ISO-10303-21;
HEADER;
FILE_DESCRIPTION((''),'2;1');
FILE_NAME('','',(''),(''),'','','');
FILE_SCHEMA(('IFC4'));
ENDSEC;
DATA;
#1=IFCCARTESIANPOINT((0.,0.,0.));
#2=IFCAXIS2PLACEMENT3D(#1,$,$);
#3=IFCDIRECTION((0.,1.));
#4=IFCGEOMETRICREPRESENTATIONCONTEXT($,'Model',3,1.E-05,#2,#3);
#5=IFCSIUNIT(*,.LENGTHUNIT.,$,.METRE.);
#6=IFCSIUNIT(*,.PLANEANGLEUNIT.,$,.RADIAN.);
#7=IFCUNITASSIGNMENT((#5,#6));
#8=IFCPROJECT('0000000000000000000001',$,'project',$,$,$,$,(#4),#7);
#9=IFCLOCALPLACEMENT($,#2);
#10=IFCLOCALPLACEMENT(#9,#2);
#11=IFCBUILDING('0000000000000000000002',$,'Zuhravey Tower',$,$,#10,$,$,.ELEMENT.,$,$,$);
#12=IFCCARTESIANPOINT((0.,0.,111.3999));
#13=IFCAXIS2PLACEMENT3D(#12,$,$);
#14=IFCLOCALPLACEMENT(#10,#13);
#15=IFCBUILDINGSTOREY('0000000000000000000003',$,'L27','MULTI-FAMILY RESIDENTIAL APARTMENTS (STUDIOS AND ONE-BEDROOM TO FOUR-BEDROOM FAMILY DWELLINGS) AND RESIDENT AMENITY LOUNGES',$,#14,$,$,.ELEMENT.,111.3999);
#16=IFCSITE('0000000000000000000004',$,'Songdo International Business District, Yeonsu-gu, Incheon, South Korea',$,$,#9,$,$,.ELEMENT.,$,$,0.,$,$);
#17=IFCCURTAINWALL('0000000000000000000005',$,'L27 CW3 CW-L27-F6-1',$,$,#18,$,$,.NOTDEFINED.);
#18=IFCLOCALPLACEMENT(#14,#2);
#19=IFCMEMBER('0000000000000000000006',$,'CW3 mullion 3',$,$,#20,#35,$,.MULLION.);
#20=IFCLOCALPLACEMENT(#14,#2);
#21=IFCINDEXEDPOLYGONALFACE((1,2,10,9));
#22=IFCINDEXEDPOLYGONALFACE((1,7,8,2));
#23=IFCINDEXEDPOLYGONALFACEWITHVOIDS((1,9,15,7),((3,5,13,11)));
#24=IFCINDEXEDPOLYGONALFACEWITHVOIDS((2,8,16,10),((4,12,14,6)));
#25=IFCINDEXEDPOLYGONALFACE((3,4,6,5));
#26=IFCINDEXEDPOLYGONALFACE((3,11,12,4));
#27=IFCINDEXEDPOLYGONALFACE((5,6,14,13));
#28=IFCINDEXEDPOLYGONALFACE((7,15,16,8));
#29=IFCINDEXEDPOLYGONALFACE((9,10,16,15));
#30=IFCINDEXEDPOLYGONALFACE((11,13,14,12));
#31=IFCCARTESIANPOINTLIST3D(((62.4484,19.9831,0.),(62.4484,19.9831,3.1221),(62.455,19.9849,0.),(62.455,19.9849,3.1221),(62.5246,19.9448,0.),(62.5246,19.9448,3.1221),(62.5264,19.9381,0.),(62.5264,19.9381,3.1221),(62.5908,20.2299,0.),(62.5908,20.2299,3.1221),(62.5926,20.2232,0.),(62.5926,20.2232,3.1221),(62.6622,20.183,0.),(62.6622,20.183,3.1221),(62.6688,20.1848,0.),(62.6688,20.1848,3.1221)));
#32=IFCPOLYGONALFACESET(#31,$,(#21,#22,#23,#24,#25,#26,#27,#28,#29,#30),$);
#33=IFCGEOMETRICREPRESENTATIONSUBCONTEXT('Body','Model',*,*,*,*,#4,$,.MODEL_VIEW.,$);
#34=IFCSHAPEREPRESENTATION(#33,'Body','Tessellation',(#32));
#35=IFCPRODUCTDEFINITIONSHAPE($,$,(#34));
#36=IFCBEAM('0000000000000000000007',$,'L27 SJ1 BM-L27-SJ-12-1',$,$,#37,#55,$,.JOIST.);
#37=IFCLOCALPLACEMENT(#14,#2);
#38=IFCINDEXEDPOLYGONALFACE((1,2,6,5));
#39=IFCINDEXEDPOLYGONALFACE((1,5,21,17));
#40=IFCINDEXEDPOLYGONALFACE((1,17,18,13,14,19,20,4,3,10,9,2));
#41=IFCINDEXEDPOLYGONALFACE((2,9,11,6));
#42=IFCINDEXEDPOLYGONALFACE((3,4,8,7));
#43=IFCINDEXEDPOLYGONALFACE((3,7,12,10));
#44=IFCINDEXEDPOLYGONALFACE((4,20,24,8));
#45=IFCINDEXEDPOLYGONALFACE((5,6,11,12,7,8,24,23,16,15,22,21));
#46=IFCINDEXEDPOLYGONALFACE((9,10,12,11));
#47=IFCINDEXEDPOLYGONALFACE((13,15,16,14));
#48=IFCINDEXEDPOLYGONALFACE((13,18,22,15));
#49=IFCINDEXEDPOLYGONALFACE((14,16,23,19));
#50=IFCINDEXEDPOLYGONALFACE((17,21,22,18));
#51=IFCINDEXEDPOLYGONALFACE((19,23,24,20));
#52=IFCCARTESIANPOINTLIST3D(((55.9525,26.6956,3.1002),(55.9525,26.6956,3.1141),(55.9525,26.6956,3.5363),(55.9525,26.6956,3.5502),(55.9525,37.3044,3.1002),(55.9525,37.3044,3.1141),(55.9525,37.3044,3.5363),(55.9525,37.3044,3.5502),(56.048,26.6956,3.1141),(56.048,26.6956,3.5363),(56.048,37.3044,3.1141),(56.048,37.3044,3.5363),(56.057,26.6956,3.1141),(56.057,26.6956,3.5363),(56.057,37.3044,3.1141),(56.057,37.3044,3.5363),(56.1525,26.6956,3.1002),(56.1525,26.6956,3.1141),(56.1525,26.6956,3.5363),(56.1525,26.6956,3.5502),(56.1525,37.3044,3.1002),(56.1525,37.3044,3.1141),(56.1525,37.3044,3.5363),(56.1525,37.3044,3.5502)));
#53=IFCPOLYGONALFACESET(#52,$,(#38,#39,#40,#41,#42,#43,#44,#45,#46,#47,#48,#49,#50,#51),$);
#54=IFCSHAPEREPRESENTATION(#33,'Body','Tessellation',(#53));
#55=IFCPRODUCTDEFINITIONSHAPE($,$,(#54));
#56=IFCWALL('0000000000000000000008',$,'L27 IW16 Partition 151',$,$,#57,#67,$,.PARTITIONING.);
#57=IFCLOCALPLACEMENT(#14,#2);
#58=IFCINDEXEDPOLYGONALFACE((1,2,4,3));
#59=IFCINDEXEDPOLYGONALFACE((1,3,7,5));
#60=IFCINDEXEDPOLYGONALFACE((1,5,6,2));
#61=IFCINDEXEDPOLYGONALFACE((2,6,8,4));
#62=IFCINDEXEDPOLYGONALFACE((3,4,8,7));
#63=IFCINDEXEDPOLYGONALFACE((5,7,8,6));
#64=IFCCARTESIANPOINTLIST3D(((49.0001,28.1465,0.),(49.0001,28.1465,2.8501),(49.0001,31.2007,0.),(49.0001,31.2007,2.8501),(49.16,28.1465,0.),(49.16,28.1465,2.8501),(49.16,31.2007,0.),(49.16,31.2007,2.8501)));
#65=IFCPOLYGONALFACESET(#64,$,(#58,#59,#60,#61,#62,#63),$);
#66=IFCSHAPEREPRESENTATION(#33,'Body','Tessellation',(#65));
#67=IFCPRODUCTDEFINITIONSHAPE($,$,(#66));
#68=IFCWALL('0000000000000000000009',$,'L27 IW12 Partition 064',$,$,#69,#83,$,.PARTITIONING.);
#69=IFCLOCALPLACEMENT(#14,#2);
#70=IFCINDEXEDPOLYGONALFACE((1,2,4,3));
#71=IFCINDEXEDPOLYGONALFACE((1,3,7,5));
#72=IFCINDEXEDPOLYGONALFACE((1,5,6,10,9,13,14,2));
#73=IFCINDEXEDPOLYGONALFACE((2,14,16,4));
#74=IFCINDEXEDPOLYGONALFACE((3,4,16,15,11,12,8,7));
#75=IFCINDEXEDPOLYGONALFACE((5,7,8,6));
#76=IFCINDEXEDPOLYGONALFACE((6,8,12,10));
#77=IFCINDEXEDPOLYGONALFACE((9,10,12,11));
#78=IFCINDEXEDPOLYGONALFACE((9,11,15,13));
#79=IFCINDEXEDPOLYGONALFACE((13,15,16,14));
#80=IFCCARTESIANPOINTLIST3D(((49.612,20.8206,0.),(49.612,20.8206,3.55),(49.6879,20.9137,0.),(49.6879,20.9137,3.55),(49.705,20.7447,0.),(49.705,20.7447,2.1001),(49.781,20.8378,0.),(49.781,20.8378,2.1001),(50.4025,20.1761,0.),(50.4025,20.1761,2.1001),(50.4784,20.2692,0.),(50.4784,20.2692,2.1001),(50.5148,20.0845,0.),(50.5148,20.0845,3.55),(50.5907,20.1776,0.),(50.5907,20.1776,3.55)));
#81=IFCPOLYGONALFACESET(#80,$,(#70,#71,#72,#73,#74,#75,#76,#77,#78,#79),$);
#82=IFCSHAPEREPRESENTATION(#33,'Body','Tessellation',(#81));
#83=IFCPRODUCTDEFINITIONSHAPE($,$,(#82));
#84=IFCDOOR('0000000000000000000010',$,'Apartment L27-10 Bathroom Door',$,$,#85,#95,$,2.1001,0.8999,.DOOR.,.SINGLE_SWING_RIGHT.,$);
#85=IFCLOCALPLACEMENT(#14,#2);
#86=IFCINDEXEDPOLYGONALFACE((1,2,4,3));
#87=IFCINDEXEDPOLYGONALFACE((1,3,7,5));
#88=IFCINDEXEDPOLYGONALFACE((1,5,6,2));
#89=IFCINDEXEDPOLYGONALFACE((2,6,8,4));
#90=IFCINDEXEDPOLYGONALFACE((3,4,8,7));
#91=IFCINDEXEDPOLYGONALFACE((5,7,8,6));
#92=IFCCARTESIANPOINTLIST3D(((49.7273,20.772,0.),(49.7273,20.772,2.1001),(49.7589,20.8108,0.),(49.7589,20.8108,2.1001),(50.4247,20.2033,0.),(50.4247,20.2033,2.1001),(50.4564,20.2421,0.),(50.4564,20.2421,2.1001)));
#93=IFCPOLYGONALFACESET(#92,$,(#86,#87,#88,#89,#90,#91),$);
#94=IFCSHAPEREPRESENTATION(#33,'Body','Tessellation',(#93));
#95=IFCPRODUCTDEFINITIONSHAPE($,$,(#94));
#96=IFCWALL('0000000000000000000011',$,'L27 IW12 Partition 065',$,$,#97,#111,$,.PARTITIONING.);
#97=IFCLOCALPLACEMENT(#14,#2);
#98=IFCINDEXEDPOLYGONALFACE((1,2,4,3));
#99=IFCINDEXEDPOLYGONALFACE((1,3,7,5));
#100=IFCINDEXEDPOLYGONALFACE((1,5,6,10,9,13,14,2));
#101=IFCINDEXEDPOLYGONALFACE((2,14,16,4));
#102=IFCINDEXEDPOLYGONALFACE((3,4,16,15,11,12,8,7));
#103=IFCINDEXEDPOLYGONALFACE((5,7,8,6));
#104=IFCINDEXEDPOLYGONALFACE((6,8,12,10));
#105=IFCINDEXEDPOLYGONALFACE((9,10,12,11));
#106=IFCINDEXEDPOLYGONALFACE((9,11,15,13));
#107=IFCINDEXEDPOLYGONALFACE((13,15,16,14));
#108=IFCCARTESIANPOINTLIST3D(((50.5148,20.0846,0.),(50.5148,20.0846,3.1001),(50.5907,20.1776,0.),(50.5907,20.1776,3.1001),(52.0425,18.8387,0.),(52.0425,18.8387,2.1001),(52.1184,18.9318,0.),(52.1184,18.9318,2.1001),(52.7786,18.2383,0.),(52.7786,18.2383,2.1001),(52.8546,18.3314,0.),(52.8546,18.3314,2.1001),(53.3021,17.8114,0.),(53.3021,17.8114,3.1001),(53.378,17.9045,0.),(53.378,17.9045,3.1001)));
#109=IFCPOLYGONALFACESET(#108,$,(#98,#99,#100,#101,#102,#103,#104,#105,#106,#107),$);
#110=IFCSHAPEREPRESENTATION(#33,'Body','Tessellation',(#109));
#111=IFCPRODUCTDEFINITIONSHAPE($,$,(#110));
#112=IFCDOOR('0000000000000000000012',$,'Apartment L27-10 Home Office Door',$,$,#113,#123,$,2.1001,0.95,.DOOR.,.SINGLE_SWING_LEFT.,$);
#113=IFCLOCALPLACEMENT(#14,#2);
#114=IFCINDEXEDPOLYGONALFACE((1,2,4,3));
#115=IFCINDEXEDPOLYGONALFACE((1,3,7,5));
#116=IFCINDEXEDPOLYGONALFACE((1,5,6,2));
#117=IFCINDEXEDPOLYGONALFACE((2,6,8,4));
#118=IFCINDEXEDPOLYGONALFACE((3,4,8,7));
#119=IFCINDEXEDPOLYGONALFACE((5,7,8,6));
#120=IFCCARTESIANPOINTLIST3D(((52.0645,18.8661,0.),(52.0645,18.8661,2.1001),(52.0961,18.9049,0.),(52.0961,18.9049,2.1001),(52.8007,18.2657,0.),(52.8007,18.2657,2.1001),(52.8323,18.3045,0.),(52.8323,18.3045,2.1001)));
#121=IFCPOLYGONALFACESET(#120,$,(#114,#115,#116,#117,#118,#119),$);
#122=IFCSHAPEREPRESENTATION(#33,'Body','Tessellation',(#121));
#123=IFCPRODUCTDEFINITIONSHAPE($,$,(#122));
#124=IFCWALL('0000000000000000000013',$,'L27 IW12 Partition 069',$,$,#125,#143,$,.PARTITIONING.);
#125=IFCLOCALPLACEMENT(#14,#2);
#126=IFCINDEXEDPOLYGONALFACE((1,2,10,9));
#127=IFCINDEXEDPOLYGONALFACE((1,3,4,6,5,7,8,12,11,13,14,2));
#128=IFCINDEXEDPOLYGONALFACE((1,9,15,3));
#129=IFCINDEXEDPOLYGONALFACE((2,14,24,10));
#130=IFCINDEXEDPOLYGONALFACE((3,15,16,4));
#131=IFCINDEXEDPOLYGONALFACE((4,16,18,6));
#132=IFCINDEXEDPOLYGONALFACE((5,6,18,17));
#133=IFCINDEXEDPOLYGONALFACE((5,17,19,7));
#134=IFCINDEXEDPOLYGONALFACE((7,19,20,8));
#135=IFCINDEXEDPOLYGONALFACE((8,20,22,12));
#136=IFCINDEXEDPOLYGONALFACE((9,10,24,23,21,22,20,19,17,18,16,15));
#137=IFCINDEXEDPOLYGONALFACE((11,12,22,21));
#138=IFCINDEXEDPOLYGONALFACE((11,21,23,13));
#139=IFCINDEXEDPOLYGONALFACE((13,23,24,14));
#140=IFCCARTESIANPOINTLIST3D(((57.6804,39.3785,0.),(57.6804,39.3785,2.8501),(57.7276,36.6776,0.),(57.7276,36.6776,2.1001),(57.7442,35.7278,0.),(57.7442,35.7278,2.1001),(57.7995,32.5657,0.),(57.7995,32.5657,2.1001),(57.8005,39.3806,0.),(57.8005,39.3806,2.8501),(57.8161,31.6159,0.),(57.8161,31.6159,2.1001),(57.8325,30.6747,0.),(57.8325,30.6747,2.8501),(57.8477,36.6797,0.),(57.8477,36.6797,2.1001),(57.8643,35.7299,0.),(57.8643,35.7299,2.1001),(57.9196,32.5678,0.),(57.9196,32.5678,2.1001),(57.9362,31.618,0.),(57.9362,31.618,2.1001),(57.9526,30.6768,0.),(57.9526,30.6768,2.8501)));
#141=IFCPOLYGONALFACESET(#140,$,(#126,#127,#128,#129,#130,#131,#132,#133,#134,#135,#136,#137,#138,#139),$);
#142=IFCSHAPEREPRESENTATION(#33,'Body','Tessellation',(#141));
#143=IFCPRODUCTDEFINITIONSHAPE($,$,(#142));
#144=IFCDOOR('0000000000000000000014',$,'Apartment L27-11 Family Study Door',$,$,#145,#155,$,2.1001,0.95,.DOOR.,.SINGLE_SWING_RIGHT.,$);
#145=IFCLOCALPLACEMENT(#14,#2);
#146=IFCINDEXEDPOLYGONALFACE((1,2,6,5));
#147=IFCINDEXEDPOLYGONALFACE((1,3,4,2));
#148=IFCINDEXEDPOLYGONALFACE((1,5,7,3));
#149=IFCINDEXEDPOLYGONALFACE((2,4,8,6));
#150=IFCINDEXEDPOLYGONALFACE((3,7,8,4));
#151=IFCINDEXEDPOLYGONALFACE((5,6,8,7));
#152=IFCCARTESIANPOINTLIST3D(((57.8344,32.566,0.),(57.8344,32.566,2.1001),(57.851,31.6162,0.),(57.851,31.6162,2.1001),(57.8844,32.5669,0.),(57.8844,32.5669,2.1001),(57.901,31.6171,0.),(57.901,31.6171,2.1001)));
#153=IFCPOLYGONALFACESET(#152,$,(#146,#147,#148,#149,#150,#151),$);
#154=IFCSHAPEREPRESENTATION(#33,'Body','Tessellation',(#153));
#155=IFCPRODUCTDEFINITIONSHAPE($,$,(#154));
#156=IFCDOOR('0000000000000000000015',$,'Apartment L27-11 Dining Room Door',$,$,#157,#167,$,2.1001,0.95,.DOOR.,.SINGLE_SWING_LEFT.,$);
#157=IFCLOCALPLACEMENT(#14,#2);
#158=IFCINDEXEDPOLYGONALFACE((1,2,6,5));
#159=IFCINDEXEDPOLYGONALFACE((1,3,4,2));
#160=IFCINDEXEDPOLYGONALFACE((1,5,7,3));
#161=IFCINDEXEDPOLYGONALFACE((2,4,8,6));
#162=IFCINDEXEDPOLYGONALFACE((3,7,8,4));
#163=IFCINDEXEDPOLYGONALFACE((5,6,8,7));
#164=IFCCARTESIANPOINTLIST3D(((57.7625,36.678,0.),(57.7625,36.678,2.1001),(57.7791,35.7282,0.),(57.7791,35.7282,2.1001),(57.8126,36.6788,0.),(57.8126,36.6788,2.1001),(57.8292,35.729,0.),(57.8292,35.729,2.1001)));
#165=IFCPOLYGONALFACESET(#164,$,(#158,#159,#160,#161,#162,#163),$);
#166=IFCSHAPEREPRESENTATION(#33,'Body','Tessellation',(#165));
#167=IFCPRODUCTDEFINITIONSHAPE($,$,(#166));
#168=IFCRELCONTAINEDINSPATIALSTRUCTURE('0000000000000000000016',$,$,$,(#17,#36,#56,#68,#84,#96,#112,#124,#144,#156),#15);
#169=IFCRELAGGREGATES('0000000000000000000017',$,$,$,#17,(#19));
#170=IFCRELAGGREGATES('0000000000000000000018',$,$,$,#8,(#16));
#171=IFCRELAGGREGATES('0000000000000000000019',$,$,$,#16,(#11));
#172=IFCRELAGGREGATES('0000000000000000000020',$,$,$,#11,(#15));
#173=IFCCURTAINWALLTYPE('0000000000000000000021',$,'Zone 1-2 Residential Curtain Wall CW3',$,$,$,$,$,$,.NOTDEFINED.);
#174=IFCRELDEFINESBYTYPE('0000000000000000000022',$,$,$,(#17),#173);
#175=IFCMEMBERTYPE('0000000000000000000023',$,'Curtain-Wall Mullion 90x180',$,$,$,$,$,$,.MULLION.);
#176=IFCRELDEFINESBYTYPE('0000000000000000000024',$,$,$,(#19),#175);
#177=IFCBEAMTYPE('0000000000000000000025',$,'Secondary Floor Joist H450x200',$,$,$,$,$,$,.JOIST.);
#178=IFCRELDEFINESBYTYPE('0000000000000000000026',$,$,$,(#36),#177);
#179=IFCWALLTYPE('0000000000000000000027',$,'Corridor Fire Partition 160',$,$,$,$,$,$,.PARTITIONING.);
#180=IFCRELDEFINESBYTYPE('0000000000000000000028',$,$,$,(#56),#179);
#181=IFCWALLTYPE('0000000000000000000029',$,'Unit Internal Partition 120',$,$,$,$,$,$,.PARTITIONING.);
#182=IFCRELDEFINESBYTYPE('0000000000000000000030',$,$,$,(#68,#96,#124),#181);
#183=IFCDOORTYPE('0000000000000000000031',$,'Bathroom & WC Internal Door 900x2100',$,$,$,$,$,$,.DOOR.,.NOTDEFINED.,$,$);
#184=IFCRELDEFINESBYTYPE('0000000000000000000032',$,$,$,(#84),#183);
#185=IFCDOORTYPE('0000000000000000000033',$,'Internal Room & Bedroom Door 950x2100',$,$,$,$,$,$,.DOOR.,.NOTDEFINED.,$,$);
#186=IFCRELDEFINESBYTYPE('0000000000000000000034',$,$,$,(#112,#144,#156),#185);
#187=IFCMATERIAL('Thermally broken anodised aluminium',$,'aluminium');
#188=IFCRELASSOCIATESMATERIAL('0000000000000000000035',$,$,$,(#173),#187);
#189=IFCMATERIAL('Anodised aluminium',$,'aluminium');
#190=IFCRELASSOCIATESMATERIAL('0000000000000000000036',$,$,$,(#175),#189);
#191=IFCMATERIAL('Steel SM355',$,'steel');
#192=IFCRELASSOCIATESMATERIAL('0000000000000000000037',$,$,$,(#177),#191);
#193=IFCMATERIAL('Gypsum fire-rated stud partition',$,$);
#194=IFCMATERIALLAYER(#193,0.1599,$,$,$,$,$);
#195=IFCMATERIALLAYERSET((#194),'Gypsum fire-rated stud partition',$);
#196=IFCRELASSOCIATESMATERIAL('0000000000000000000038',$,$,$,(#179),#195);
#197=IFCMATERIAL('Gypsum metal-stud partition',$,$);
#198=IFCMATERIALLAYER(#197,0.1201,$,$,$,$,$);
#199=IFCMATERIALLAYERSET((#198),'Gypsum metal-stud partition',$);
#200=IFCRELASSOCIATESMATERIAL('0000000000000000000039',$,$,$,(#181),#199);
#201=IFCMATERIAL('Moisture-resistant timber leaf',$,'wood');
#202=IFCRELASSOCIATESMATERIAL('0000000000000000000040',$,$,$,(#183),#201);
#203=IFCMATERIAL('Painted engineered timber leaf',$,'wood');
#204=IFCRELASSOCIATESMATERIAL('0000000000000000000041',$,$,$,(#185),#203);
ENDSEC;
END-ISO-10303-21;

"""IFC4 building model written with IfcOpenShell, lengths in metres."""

from ifc_helpers import new_model, si_unit, direction, frame, frame_2d, origin, origin_2d, place, context, subcontext, project, spatial, rectangle, hollow_rectangle, i_section, extrude, material, layer, layer_set, material_profile, profile_set, type_object, element, fill, aggregate, save


model = new_model("IFC4")

# Units and contexts
model_context = context("Model", 3, precision=1e-05, world=origin(), true_north=direction((0.0, 1.0)))
body_context = subcontext(model_context, "Body", "Model", "MODEL_VIEW")
ifc_project = project(units=[si_unit("LENGTHUNIT", "METRE"), si_unit("PLANEANGLEUNIT", "RADIAN")], contexts=[model_context])

# Site, building, storey
site_placement = place(None, origin())
site = spatial("IfcSite", under=ifc_project, at=site_placement, Name="Songdo International Business District, Yeonsu-gu, Incheon, South Korea", CompositionType="ELEMENT", RefElevation=0.0)
building_placement = place(site_placement, origin())
building = spatial("IfcBuilding", under=site, at=building_placement, Name="Zuhravey Tower", CompositionType="ELEMENT")
storey_placement = place(building_placement, frame((0.0, 0.0, 111.3999)))
storey = spatial("IfcBuildingStorey", under=building, at=storey_placement, Name="L27", Description="MULTI-FAMILY RESIDENTIAL APARTMENTS (STUDIOS AND ONE-BEDROOM TO FOUR-BEDROOM FAMILY DWELLINGS) AND RESIDENT AMENITY LOUNGES", CompositionType="ELEMENT", Elevation=111.3999)

# Curtain wall, member
ifc_material_1 = material(Name="Thermally broken anodised aluminium", Category="aluminium")
curtain_wall_type = type_object("IfcCurtainWallType", Name="Zone 1-2 Residential Curtain Wall CW3", PredefinedType="NOTDEFINED", material=ifc_material_1)
curtain_wall_placement = place(storey_placement, origin())
curtain_wall = element("IfcCurtainWall", 1, at=curtain_wall_placement, inside=storey, type_object=curtain_wall_type, Name="L27 CW3 CW-L27-F6-1", PredefinedType="NOTDEFINED")
ifc_material_2 = material(Name="Anodised aluminium", Category="aluminium")
ifc_material_profile_1 = material_profile(ifc_material_2, hollow_rectangle(XDim=0.0901, YDim=0.2849, WallThickness=0.0049, at=origin_2d()), Name="ALU-RHS-90x285x5")
ifc_profile_set_1 = profile_set([ifc_material_profile_1], Name="Anodised aluminium")
member_type = type_object("IfcMemberType", Name="Curtain-Wall Mullion 90x180", PredefinedType="MULLION", material=ifc_profile_set_1)
member_placement = place(storey_placement, frame((62.5586, 20.084, 0.0), z_axis=(0.0, 0.0, 1.0), x_axis=(0.866026, -0.5, 0.0)))
member = element("IfcMember", 2, at=member_placement, type_object=member_type, Name="CW3 mullion 3", PredefinedType="MULLION", context=body_context, shape_type="SweptSolid", body=[
    extrude(hollow_rectangle(XDim=0.0901, YDim=0.2849, WallThickness=0.0049, at=origin_2d()), origin(), (0.0, 0.0, 1.0), 3.1221),
])
aggregate(curtain_wall, [member])

# Beam
ifc_material_3 = material(Name="Steel SM355", Category="steel")
ifc_material_profile_2 = material_profile(ifc_material_3, i_section(OverallWidth=0.2, OverallDepth=0.45, WebThickness=0.009, FlangeThickness=0.0139, at=origin_2d()), Name="H-450x200x9x14")
ifc_profile_set_2 = profile_set([ifc_material_profile_2], Name="Steel SM355")
beam_type = type_object("IfcBeamType", Name="Secondary Floor Joist H450x200", PredefinedType="JOIST", material=ifc_profile_set_2)
beam_placement = place(storey_placement, frame((56.0525, 26.6956, 3.3252), z_axis=(0.0, 1.0, 0.0), x_axis=(-1.0, 0.0, 0.0)))
element("IfcBeam", 3, at=beam_placement, inside=storey, type_object=beam_type, Name="L27 SJ1 BM-L27-SJ-12-1", PredefinedType="JOIST", context=body_context, shape_type="SweptSolid", body=[
    extrude(i_section(OverallWidth=0.2, OverallDepth=0.45, WebThickness=0.009, FlangeThickness=0.0139, at=origin_2d()), origin(), (0.0, 0.0, 1.0), 10.6089),
])

# Shared definitions
ifc_material_4 = material(Name="Gypsum fire-rated stud partition")
ifc_layer_1 = layer(ifc_material_4, 0.1599)
ifc_layer_set_1 = layer_set([ifc_layer_1], Name="Gypsum fire-rated stud partition")
wall_type_1 = type_object("IfcWallType", Name="Corridor Fire Partition 160", PredefinedType="PARTITIONING", material=ifc_layer_set_1)

# Wall
wall_1_placement = place(storey_placement, frame((49.0801, 28.1465, 0.0), z_axis=(0.0, 0.0, 1.0), x_axis=(0.0, 1.0, 0.0)))
element("IfcWall", 4, at=wall_1_placement, inside=storey, type_object=wall_type_1, Name="L27 IW16 Partition 151", PredefinedType="PARTITIONING", context=body_context, shape_type="SweptSolid", body=[
    extrude(rectangle(XDim=3.0542, YDim=0.1599, at=frame_2d((1.5271, 0.0))), origin(), (0.0, 0.0, 1.0), 2.8501),
])

# Walls, openings, doors
ifc_material_5 = material(Name="Gypsum metal-stud partition")
ifc_layer_2 = layer(ifc_material_5, 0.1201)
ifc_layer_set_2 = layer_set([ifc_layer_2], Name="Gypsum metal-stud partition")
wall_type_2 = type_object("IfcWallType", Name="Unit Internal Partition 120", PredefinedType="PARTITIONING", material=ifc_layer_set_2)
wall_2_placement = place(storey_placement, frame((49.6499, 20.8672, 0.0), z_axis=(0.0, 0.0, 1.0), x_axis=(0.775049, -0.631902, 0.0)))
wall_2 = element("IfcWall", 5, at=wall_2_placement, inside=storey, type_object=wall_type_2, Name="L27 IW12 Partition 064", PredefinedType="PARTITIONING", context=body_context, shape_type="SweptSolid", body=[
    extrude(rectangle(XDim=1.1648, YDim=0.1201, at=frame_2d((0.5825, 0.0))), origin(), (0.0, 0.0, 1.0), 3.55),
])
opening_1_placement = place(wall_2_placement, frame((0.1201, 0.0, 0.0)))
opening_1 = element("IfcOpeningElement", 6, at=opening_1_placement, cuts=wall_2, PredefinedType="OPENING", context=body_context, shape_type="SweptSolid", body=[
    extrude(rectangle(XDim=0.8999, YDim=2.1001, at=frame_2d((0.45, 1.05))), frame((0.0, 0.072, 0.0), z_axis=(0.0, -1.0, 0.0), x_axis=(1.0, 0.0, 0.0)), (0.0, 0.0, 1.0), 0.144),
])
ifc_material_6 = material(Name="Moisture-resistant timber leaf", Category="wood")
door_type_1 = type_object("IfcDoorType", Name="Bathroom & WC Internal Door 900x2100", OperationType="NOTDEFINED", PredefinedType="DOOR", material=ifc_material_6)
door_1_placement = place(opening_1_placement, frame((0.8999, 0.0, 0.0), z_axis=(0.0, 0.0, 1.0), x_axis=(-1.0, 0.0, 0.0)))
door_1 = element("IfcDoor", 7, at=door_1_placement, inside=storey, type_object=door_type_1, Name="Apartment L27-10 Bathroom Door", OperationType="SINGLE_SWING_RIGHT", OverallHeight=2.1001, OverallWidth=0.8999, PredefinedType="DOOR", context=body_context, shape_type="SweptSolid", body=[
    extrude(rectangle(XDim=0.8999, YDim=2.1001, at=frame_2d((0.45, 1.05))), frame((0.0, 0.0249, 0.0), z_axis=(0.0, -1.0, 0.0), x_axis=(1.0, 0.0, 0.0)), (0.0, 0.0, 1.0), 0.05),
])
fill(opening_1, door_1)
wall_3_placement = place(storey_placement, frame((50.5527, 20.1311, 0.0), z_axis=(0.0, 0.0, 1.0), x_axis=(0.77496, -0.63201, 0.0)))
wall_3 = element("IfcWall", 8, at=wall_3_placement, inside=storey, type_object=wall_type_2, Name="L27 IW12 Partition 065", PredefinedType="PARTITIONING", context=body_context, shape_type="SweptSolid", body=[
    extrude(rectangle(XDim=3.5967, YDim=0.1201, at=frame_2d((1.7983, 0.0))), origin(), (0.0, 0.0, 1.0), 3.1001),
])
opening_2_placement = place(wall_3_placement, frame((1.9712, 0.0, 0.0)))
opening_2 = element("IfcOpeningElement", 9, at=opening_2_placement, cuts=wall_3, PredefinedType="OPENING", context=body_context, shape_type="SweptSolid", body=[
    extrude(rectangle(XDim=0.95, YDim=2.1001, at=frame_2d((0.4751, 1.05))), frame((0.0, 0.072, 0.0), z_axis=(0.0, -1.0, 0.0), x_axis=(1.0, 0.0, 0.0)), (0.0, 0.0, 1.0), 0.144),
])
ifc_material_7 = material(Name="Painted engineered timber leaf", Category="wood")
door_type_2 = type_object("IfcDoorType", Name="Internal Room & Bedroom Door 950x2100", OperationType="NOTDEFINED", PredefinedType="DOOR", material=ifc_material_7)
door_2_placement = place(opening_2_placement, frame((0.95, 0.0, 0.0), z_axis=(0.0, 0.0, 1.0), x_axis=(-1.0, 0.0, 0.0)))
door_2 = element("IfcDoor", 10, at=door_2_placement, inside=storey, type_object=door_type_2, Name="Apartment L27-10 Home Office Door", OperationType="SINGLE_SWING_LEFT", OverallHeight=2.1001, OverallWidth=0.95, PredefinedType="DOOR", context=body_context, shape_type="SweptSolid", body=[
    extrude(rectangle(XDim=0.95, YDim=2.1001, at=frame_2d((0.4751, 1.05))), frame((0.0, 0.0249, 0.0), z_axis=(0.0, -1.0, 0.0), x_axis=(1.0, 0.0, 0.0)), (0.0, 0.0, 1.0), 0.05),
])
fill(opening_2, door_2)

# Wall, openings, doors
wall_4_placement = place(storey_placement, frame((57.8926, 30.6758, 0.0), z_axis=(0.0, 0.0, 1.0), x_axis=(-0.017472, 0.999847, 0.0)))
wall_4 = element("IfcWall", 11, at=wall_4_placement, inside=storey, type_object=wall_type_2, Name="L27 IW12 Partition 069", PredefinedType="PARTITIONING", context=body_context, shape_type="SweptSolid", body=[
    extrude(rectangle(XDim=8.7051, YDim=0.1201, at=frame_2d((4.3525, 0.0))), origin(), (0.0, 0.0, 1.0), 2.8501),
])
opening_3_placement = place(wall_4_placement, frame((0.9412, 0.0, 0.0)))
opening_3 = element("IfcOpeningElement", 12, at=opening_3_placement, cuts=wall_4, PredefinedType="OPENING", context=body_context, shape_type="SweptSolid", body=[
    extrude(rectangle(XDim=0.95, YDim=2.1001, at=frame_2d((0.4751, 1.05))), frame((0.0, 0.072, 0.0), z_axis=(0.0, -1.0, 0.0), x_axis=(1.0, 0.0, 0.0)), (0.0, 0.0, 1.0), 0.144),
])
opening_4_placement = place(wall_4_placement, frame((5.0537, 0.0, 0.0)))
opening_4 = element("IfcOpeningElement", 13, at=opening_4_placement, cuts=wall_4, PredefinedType="OPENING", context=body_context, shape_type="SweptSolid", body=[
    extrude(rectangle(XDim=0.95, YDim=2.1001, at=frame_2d((0.4751, 1.05))), frame((0.0, 0.072, 0.0), z_axis=(0.0, -1.0, 0.0), x_axis=(1.0, 0.0, 0.0)), (0.0, 0.0, 1.0), 0.144),
])
door_3_placement = place(opening_3_placement, frame((0.95, 0.0, 0.0), z_axis=(0.0, 0.0, 1.0), x_axis=(-1.0, 0.0, 0.0)))
door_3 = element("IfcDoor", 14, at=door_3_placement, inside=storey, type_object=door_type_2, Name="Apartment L27-11 Family Study Door", OperationType="SINGLE_SWING_RIGHT", OverallHeight=2.1001, OverallWidth=0.95, PredefinedType="DOOR", context=body_context, shape_type="SweptSolid", body=[
    extrude(rectangle(XDim=0.95, YDim=2.1001, at=frame_2d((0.4751, 1.05))), frame((0.0, 0.0249, 0.0), z_axis=(0.0, -1.0, 0.0), x_axis=(1.0, 0.0, 0.0)), (0.0, 0.0, 1.0), 0.05),
])
fill(opening_3, door_3)
door_4_placement = place(opening_4_placement, frame((0.95, 0.0, 0.0), z_axis=(0.0, 0.0, 1.0), x_axis=(-1.0, 0.0, 0.0)))
door_4 = element("IfcDoor", 15, at=door_4_placement, inside=storey, type_object=door_type_2, Name="Apartment L27-11 Dining Room Door", OperationType="SINGLE_SWING_LEFT", OverallHeight=2.1001, OverallWidth=0.95, PredefinedType="DOOR", context=body_context, shape_type="SweptSolid", body=[
    extrude(rectangle(XDim=0.95, YDim=2.1001, at=frame_2d((0.4751, 1.05))), frame((0.0, 0.0249, 0.0), z_axis=(0.0, -1.0, 0.0), x_axis=(1.0, 0.0, 0.0)), (0.0, 0.0, 1.0), 0.05),
])
fill(opening_4, door_4)

save(model, "model.ifc")
